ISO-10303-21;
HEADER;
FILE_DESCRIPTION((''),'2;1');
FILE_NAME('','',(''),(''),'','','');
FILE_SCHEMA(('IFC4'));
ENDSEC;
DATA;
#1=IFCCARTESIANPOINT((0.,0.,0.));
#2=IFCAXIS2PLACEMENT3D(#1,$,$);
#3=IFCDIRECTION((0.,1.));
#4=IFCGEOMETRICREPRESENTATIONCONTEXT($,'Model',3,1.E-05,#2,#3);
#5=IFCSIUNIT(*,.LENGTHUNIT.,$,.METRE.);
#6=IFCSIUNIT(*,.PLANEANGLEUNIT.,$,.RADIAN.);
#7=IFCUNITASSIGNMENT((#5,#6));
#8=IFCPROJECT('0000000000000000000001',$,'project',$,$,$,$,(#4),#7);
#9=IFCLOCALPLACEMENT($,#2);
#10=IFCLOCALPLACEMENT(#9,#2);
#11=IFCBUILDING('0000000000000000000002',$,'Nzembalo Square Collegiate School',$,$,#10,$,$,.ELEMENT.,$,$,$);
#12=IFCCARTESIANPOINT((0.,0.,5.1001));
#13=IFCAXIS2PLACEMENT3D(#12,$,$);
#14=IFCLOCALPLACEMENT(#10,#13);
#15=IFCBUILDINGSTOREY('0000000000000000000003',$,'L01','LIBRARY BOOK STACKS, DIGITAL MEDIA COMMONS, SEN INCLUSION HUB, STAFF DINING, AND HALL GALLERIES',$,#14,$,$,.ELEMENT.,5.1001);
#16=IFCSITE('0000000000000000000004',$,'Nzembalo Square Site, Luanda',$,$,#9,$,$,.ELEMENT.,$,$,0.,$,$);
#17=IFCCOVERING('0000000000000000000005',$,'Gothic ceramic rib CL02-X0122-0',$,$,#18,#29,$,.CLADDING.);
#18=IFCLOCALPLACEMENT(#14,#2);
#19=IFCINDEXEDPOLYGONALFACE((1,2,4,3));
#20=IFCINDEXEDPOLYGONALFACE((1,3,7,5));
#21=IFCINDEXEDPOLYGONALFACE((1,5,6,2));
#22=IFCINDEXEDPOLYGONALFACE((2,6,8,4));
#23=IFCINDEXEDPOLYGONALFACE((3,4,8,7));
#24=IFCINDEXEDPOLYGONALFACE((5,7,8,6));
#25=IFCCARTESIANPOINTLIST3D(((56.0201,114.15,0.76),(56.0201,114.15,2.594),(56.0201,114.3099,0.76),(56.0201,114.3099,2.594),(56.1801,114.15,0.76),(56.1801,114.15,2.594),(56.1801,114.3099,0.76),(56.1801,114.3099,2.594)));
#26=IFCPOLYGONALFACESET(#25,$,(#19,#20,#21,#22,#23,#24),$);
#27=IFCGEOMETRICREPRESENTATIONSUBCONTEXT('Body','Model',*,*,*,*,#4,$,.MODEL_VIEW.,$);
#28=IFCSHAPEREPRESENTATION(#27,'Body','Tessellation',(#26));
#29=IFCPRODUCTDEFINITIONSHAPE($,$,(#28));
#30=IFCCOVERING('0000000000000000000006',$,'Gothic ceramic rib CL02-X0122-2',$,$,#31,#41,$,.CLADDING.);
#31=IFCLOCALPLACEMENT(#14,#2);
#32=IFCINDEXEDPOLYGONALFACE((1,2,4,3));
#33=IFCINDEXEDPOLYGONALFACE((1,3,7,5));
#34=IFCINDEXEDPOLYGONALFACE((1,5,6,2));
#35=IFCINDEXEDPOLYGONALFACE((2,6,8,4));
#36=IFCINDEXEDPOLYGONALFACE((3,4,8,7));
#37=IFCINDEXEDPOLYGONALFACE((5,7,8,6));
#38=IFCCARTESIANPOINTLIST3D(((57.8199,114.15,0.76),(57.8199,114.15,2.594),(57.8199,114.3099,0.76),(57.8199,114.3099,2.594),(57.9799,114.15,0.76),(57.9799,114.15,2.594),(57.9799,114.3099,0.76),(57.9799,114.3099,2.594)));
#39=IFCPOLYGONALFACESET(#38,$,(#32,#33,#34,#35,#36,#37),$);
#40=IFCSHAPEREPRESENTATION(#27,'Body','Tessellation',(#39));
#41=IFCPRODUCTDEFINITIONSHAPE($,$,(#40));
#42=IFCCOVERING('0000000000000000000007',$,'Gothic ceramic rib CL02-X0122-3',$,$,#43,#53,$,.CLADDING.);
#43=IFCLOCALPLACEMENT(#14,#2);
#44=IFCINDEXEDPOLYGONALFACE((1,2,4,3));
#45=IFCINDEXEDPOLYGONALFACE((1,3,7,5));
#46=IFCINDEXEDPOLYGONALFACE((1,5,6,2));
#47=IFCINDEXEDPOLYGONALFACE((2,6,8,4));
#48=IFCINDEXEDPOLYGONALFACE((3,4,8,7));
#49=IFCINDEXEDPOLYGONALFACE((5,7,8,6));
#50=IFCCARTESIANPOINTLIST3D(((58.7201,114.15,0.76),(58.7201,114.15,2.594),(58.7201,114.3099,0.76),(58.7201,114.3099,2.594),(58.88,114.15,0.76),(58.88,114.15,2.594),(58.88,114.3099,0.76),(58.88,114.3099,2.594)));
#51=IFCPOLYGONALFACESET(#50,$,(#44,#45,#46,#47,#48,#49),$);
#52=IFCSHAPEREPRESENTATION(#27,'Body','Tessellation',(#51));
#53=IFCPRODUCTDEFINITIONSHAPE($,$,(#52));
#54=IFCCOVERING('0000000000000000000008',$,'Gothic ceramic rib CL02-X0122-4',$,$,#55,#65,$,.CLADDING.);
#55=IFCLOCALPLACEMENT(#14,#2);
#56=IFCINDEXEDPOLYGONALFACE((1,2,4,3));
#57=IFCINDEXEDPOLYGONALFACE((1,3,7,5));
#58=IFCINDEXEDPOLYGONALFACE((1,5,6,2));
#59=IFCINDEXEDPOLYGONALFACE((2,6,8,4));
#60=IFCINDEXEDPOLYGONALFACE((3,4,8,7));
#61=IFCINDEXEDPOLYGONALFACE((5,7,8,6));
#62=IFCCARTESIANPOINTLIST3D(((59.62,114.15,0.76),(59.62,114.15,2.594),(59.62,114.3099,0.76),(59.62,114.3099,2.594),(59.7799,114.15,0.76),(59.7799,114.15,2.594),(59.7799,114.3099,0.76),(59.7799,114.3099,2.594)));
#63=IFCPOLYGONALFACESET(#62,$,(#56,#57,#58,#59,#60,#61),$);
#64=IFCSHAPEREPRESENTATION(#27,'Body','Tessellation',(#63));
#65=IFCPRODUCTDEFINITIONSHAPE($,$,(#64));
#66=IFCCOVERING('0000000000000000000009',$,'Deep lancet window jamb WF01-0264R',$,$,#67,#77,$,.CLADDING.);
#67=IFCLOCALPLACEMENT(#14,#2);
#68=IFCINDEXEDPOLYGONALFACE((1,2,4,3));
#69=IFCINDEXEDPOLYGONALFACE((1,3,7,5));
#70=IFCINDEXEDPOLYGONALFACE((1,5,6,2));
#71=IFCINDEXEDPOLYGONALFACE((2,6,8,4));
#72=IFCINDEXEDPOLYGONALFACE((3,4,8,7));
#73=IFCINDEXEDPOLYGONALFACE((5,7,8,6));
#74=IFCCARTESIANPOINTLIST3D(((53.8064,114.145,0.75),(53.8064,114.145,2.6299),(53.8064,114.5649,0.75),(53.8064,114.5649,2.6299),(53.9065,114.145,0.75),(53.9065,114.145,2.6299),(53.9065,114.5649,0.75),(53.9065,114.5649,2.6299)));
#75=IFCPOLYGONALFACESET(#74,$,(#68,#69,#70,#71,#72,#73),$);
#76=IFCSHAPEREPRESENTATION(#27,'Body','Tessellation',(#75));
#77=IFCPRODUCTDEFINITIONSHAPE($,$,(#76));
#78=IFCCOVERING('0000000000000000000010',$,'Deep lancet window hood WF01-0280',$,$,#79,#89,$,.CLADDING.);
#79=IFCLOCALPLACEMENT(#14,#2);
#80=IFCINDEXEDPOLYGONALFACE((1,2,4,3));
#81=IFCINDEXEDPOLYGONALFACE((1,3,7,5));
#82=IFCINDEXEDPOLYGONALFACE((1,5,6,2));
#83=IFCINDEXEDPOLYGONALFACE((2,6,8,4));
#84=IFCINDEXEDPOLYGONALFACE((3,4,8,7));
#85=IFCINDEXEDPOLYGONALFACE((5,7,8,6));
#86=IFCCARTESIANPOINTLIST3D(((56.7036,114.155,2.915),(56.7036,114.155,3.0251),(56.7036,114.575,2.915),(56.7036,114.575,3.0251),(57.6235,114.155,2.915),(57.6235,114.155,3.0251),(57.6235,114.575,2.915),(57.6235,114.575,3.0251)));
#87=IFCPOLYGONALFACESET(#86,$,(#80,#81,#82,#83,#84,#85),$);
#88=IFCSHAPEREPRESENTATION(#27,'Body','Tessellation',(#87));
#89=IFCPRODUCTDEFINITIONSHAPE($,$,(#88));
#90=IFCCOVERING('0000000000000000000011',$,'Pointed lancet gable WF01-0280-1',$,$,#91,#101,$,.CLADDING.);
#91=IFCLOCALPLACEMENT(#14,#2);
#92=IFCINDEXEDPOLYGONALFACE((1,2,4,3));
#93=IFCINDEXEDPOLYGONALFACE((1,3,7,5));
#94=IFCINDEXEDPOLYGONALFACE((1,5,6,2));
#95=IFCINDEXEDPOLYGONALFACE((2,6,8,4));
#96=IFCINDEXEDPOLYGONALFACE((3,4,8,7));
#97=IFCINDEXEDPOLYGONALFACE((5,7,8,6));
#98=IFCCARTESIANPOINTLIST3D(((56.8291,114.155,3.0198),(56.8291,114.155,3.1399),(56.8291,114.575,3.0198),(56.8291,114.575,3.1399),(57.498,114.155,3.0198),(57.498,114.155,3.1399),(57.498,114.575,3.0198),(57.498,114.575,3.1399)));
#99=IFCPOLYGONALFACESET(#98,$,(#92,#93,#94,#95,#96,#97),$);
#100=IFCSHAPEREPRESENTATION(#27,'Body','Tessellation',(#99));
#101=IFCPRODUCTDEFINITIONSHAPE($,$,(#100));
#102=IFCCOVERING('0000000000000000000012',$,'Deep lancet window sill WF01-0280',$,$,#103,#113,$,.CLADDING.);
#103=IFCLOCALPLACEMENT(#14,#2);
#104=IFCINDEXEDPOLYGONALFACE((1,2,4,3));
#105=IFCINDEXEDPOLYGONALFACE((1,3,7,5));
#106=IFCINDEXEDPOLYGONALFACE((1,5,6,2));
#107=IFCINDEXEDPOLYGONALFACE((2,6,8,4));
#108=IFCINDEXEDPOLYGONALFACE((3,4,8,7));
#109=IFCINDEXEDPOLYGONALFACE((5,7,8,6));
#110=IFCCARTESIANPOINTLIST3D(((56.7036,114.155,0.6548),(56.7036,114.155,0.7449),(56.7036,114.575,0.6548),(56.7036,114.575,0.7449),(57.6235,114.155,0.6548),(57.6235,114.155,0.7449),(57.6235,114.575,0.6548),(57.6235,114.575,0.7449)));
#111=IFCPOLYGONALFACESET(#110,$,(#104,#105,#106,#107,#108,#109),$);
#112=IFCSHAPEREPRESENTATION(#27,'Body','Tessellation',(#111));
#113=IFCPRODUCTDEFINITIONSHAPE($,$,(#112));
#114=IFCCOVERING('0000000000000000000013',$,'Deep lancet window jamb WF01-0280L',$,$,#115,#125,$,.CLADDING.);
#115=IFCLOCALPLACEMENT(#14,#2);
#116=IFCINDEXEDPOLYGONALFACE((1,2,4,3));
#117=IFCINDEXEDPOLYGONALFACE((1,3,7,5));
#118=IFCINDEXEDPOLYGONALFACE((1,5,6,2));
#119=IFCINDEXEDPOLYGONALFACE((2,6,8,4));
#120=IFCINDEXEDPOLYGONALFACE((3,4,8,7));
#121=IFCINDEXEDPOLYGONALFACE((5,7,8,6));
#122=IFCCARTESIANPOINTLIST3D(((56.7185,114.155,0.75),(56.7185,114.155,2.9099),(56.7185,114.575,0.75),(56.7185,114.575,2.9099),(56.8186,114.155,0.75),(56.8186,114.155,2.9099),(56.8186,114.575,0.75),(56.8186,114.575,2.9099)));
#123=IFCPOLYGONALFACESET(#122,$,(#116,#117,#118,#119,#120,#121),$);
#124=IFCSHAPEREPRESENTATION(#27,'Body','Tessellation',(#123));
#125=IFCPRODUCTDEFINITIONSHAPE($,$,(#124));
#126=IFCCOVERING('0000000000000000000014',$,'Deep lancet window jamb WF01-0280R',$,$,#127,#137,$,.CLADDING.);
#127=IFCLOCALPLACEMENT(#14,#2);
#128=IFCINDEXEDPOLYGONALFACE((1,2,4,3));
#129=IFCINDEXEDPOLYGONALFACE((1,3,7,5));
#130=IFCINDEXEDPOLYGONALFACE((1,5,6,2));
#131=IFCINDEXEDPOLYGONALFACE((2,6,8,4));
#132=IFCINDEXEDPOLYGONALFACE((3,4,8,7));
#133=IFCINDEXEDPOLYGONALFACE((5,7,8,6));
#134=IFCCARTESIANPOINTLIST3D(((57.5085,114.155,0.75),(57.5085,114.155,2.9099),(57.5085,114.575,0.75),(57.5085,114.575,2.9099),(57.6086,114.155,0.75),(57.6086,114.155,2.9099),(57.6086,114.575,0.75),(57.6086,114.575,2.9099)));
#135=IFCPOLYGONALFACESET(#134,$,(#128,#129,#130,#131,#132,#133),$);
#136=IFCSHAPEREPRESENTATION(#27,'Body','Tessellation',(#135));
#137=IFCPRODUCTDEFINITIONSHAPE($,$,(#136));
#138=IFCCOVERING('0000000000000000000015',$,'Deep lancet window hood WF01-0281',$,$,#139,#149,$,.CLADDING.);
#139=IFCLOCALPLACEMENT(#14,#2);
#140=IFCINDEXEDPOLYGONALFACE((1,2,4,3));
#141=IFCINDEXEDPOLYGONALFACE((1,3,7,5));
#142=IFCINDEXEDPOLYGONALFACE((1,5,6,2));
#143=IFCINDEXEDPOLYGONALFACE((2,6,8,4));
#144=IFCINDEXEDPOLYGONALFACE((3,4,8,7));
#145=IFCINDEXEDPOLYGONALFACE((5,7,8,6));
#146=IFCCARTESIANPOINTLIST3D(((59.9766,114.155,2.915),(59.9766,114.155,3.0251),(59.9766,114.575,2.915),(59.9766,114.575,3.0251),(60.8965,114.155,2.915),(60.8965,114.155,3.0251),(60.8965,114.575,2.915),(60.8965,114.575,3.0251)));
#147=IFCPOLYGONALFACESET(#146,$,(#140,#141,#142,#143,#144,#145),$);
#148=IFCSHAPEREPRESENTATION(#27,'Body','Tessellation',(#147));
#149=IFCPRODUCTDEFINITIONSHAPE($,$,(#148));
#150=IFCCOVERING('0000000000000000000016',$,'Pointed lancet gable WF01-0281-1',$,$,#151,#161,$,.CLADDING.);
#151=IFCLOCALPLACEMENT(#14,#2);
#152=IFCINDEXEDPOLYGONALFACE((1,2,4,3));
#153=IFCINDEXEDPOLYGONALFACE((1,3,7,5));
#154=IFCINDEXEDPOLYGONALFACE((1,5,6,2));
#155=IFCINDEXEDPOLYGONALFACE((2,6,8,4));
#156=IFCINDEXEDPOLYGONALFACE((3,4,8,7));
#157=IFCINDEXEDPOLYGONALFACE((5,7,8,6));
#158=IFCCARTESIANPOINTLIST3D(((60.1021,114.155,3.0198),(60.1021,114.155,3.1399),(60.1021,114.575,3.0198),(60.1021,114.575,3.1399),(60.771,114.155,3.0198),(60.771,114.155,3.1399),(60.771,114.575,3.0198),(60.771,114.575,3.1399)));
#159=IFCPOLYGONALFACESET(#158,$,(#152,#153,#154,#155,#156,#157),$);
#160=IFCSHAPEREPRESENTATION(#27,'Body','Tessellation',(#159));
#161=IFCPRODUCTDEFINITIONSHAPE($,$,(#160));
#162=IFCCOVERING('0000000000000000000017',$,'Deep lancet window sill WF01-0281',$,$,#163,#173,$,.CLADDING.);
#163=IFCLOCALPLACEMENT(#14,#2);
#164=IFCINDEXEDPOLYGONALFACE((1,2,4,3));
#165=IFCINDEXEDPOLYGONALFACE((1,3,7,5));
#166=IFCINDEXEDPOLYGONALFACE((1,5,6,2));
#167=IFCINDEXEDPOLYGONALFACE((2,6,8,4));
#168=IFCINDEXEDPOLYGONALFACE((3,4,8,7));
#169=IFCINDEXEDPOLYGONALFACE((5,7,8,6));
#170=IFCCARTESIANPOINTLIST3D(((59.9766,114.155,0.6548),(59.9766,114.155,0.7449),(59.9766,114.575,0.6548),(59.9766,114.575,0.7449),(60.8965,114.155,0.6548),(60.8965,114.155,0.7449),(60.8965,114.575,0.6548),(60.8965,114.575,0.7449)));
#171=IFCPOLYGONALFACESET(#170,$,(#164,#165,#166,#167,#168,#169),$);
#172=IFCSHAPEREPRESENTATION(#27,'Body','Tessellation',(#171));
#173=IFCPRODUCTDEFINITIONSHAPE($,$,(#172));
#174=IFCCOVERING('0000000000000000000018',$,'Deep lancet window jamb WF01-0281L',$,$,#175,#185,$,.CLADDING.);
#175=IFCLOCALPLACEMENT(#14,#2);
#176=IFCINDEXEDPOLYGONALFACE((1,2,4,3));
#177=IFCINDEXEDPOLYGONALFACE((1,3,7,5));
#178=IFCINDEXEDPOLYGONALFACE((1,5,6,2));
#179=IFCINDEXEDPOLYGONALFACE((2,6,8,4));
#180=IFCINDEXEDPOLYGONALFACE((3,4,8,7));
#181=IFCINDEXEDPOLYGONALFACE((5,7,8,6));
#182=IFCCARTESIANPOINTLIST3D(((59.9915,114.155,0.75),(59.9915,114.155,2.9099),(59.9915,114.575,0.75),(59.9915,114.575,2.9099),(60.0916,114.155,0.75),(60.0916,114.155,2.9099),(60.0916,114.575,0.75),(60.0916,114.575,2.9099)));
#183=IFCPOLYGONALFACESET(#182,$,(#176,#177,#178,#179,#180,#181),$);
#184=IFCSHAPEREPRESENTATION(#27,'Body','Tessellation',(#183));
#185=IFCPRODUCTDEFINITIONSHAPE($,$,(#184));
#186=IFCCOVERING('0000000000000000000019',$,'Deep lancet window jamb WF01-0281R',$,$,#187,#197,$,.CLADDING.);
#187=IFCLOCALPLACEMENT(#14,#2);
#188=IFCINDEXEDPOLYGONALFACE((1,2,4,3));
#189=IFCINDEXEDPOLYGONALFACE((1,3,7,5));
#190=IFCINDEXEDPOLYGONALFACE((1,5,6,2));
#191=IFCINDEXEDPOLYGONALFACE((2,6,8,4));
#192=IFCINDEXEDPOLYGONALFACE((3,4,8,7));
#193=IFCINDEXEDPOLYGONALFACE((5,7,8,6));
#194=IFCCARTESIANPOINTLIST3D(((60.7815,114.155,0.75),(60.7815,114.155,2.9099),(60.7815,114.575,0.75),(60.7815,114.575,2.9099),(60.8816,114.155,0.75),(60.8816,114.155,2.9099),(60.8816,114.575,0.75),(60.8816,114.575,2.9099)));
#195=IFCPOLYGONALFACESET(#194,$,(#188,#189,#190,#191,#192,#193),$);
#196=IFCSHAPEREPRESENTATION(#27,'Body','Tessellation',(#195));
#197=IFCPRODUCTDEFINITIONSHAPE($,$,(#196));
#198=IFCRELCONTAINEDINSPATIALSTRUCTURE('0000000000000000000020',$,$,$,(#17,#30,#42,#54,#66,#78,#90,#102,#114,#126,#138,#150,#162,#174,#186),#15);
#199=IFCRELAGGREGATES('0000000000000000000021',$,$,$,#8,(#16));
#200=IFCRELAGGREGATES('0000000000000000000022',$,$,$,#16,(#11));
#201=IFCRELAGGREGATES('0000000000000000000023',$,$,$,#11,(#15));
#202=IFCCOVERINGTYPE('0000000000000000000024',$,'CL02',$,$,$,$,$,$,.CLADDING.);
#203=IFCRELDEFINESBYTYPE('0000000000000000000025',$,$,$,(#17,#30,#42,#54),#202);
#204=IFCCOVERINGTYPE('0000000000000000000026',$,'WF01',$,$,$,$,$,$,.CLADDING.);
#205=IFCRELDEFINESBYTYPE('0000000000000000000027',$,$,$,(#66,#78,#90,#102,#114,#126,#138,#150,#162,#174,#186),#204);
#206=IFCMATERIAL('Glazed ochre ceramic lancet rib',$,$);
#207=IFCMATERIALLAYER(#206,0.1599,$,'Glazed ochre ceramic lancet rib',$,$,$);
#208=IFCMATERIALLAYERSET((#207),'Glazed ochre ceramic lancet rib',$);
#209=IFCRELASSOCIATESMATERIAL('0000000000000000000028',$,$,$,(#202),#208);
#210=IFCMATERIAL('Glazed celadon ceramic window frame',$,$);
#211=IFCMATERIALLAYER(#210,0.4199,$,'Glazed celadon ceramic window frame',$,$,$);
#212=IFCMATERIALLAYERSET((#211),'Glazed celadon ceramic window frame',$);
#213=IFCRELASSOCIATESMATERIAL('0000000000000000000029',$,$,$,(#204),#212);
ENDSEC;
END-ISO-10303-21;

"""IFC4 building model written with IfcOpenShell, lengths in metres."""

from ifc_helpers import new_model, si_unit, direction, frame, origin, origin_2d, place, context, subcontext, project, spatial, rectangle, extrude, material, layer, layer_set, type_object, element, save


model = new_model("IFC4")

# Units and contexts
model_context = context("Model", 3, precision=1e-05, world=origin(), true_north=direction((0.0, 1.0)))
body_context = subcontext(model_context, "Body", "Model", "MODEL_VIEW")
ifc_project = project(units=[si_unit("LENGTHUNIT", "METRE"), si_unit("PLANEANGLEUNIT", "RADIAN")], contexts=[model_context])

# Site, building, storey
site_placement = place(None, origin())
site = spatial("IfcSite", under=ifc_project, at=site_placement, Name="Nzembalo Square Site, Luanda", CompositionType="ELEMENT", RefElevation=0.0)
building_placement = place(site_placement, origin())
building = spatial("IfcBuilding", under=site, at=building_placement, Name="Nzembalo Square Collegiate School", CompositionType="ELEMENT")
storey_placement = place(building_placement, frame((0.0, 0.0, 5.1001)))
storey = spatial("IfcBuildingStorey", under=building, at=storey_placement, Name="L01", Description="LIBRARY BOOK STACKS, DIGITAL MEDIA COMMONS, SEN INCLUSION HUB, STAFF DINING, AND HALL GALLERIES", CompositionType="ELEMENT", Elevation=5.1001)

# Coverings
ifc_material_1 = material(Name="Glazed ochre ceramic lancet rib")
ifc_layer_1 = layer(ifc_material_1, 0.1599, Name="Glazed ochre ceramic lancet rib")
ifc_layer_set_1 = layer_set([ifc_layer_1], Name="Glazed ochre ceramic lancet rib")
covering_type_1 = type_object("IfcCoveringType", Name="CL02", PredefinedType="CLADDING", material=ifc_layer_set_1)
for number, where, z_axis, x_axis, name in (
    (1, (56.1001, 114.23, 0.76), (0.0, 0.0, 1.0), (1.0, 0.0, 0.0), "Gothic ceramic rib CL02-X0122-0"),
    (2, (57.8999, 114.23, 0.76), (0.0, 0.0, 1.0), (1.0, 0.0, 0.0), "Gothic ceramic rib CL02-X0122-2"),
    (3, (58.8, 114.23, 0.76), (0.0, 0.0, 1.0), (1.0, 0.0, 0.0), "Gothic ceramic rib CL02-X0122-3"),
    (4, (59.7, 114.23, 0.76), (0.0, 0.0, 1.0), (1.0, 0.0, 0.0), "Gothic ceramic rib CL02-X0122-4"),
):
    element("IfcCovering", number, at=place(storey_placement, frame(where, z_axis=z_axis, x_axis=x_axis)), inside=storey, type_object=covering_type_1, Name=name, PredefinedType="CLADDING", context=body_context, shape_type="SweptSolid", body=[
        extrude(rectangle(XDim=0.1599, YDim=0.1599, at=origin_2d()), origin(), (0.0, 0.0, 1.0), 1.834),
    ])
ifc_material_2 = material(Name="Glazed celadon ceramic window frame")
ifc_layer_2 = layer(ifc_material_2, 0.4199, Name="Glazed celadon ceramic window frame")
ifc_layer_set_2 = layer_set([ifc_layer_2], Name="Glazed celadon ceramic window frame")
covering_type_2 = type_object("IfcCoveringType", Name="WF01", PredefinedType="CLADDING", material=ifc_layer_set_2)
covering_1_placement = place(storey_placement, frame((53.8564, 114.355, 0.75), z_axis=(0.0, 0.0, 1.0), x_axis=(1.0, 0.0, 0.0)))
element("IfcCovering", 5, at=covering_1_placement, inside=storey, type_object=covering_type_2, Name="Deep lancet window jamb WF01-0264R", PredefinedType="CLADDING", context=body_context, shape_type="SweptSolid", body=[
    extrude(rectangle(XDim=0.1001, YDim=0.4199, at=origin_2d()), origin(), (0.0, 0.0, 1.0), 1.8799),
])
covering_2_placement = place(storey_placement, frame((57.1636, 114.365, 2.915), z_axis=(0.0, 0.0, 1.0), x_axis=(1.0, 0.0, 0.0)))
element("IfcCovering", 6, at=covering_2_placement, inside=storey, type_object=covering_type_2, Name="Deep lancet window hood WF01-0280", PredefinedType="CLADDING", context=body_context, shape_type="SweptSolid", body=[
    extrude(rectangle(XDim=0.9199, YDim=0.4199, at=origin_2d()), origin(), (0.0, 0.0, 1.0), 0.1101),
])
covering_3_placement = place(storey_placement, frame((57.1636, 114.365, 3.0198), z_axis=(0.0, 0.0, 1.0), x_axis=(1.0, 0.0, 0.0)))
element("IfcCovering", 7, at=covering_3_placement, inside=storey, type_object=covering_type_2, Name="Pointed lancet gable WF01-0280-1", PredefinedType="CLADDING", context=body_context, shape_type="SweptSolid", body=[
    extrude(rectangle(XDim=0.6689, YDim=0.4199, at=origin_2d()), origin(), (0.0, 0.0, 1.0), 0.1201),
])
covering_4_placement = place(storey_placement, frame((57.1636, 114.365, 0.6548), z_axis=(0.0, 0.0, 1.0), x_axis=(1.0, 0.0, 0.0)))
element("IfcCovering", 8, at=covering_4_placement, inside=storey, type_object=covering_type_2, Name="Deep lancet window sill WF01-0280", PredefinedType="CLADDING", context=body_context, shape_type="SweptSolid", body=[
    extrude(rectangle(XDim=0.9199, YDim=0.4199, at=origin_2d()), origin(), (0.0, 0.0, 1.0), 0.0901),
])
for number, where, z_axis, x_axis, name in (
    (9, (56.7686, 114.365, 0.75), (0.0, 0.0, 1.0), (1.0, 0.0, 0.0), "Deep lancet window jamb WF01-0280L"),
    (10, (57.5586, 114.365, 0.75), (0.0, 0.0, 1.0), (1.0, 0.0, 0.0), "Deep lancet window jamb WF01-0280R"),
):
    element("IfcCovering", number, at=place(storey_placement, frame(where, z_axis=z_axis, x_axis=x_axis)), inside=storey, type_object=covering_type_2, Name=name, PredefinedType="CLADDING", context=body_context, shape_type="SweptSolid", body=[
        extrude(rectangle(XDim=0.1001, YDim=0.4199, at=origin_2d()), origin(), (0.0, 0.0, 1.0), 2.1599),
    ])
covering_5_placement = place(storey_placement, frame((60.4365, 114.365, 2.915), z_axis=(0.0, 0.0, 1.0), x_axis=(1.0, 0.0, 0.0)))
element("IfcCovering", 11, at=covering_5_placement, inside=storey, type_object=covering_type_2, Name="Deep lancet window hood WF01-0281", PredefinedType="CLADDING", context=body_context, shape_type="SweptSolid", body=[
    extrude(rectangle(XDim=0.9199, YDim=0.4199, at=origin_2d()), origin(), (0.0, 0.0, 1.0), 0.1101),
])
covering_6_placement = place(storey_placement, frame((60.4365, 114.365, 3.0198), z_axis=(0.0, 0.0, 1.0), x_axis=(1.0, 0.0, 0.0)))
element("IfcCovering", 12, at=covering_6_placement, inside=storey, type_object=covering_type_2, Name="Pointed lancet gable WF01-0281-1", PredefinedType="CLADDING", context=body_context, shape_type="SweptSolid", body=[
    extrude(rectangle(XDim=0.6689, YDim=0.4199, at=origin_2d()), origin(), (0.0, 0.0, 1.0), 0.1201),
])
covering_7_placement = place(storey_placement, frame((60.4365, 114.365, 0.6548), z_axis=(0.0, 0.0, 1.0), x_axis=(1.0, 0.0, 0.0)))
element("IfcCovering", 13, at=covering_7_placement, inside=storey, type_object=covering_type_2, Name="Deep lancet window sill WF01-0281", PredefinedType="CLADDING", context=body_context, shape_type="SweptSolid", body=[
    extrude(rectangle(XDim=0.9199, YDim=0.4199, at=origin_2d()), origin(), (0.0, 0.0, 1.0), 0.0901),
])
for number, where, z_axis, x_axis, name in (
    (14, (60.0415, 114.365, 0.75), (0.0, 0.0, 1.0), (1.0, 0.0, 0.0), "Deep lancet window jamb WF01-0281L"),
    (15, (60.8315, 114.365, 0.75), (0.0, 0.0, 1.0), (1.0, 0.0, 0.0), "Deep lancet window jamb WF01-0281R"),
):
    element("IfcCovering", number, at=place(storey_placement, frame(where, z_axis=z_axis, x_axis=x_axis)), inside=storey, type_object=covering_type_2, Name=name, PredefinedType="CLADDING", context=body_context, shape_type="SweptSolid", body=[
        extrude(rectangle(XDim=0.1001, YDim=0.4199, at=origin_2d()), origin(), (0.0, 0.0, 1.0), 2.1599),
    ])

save(model, "model.ifc")
